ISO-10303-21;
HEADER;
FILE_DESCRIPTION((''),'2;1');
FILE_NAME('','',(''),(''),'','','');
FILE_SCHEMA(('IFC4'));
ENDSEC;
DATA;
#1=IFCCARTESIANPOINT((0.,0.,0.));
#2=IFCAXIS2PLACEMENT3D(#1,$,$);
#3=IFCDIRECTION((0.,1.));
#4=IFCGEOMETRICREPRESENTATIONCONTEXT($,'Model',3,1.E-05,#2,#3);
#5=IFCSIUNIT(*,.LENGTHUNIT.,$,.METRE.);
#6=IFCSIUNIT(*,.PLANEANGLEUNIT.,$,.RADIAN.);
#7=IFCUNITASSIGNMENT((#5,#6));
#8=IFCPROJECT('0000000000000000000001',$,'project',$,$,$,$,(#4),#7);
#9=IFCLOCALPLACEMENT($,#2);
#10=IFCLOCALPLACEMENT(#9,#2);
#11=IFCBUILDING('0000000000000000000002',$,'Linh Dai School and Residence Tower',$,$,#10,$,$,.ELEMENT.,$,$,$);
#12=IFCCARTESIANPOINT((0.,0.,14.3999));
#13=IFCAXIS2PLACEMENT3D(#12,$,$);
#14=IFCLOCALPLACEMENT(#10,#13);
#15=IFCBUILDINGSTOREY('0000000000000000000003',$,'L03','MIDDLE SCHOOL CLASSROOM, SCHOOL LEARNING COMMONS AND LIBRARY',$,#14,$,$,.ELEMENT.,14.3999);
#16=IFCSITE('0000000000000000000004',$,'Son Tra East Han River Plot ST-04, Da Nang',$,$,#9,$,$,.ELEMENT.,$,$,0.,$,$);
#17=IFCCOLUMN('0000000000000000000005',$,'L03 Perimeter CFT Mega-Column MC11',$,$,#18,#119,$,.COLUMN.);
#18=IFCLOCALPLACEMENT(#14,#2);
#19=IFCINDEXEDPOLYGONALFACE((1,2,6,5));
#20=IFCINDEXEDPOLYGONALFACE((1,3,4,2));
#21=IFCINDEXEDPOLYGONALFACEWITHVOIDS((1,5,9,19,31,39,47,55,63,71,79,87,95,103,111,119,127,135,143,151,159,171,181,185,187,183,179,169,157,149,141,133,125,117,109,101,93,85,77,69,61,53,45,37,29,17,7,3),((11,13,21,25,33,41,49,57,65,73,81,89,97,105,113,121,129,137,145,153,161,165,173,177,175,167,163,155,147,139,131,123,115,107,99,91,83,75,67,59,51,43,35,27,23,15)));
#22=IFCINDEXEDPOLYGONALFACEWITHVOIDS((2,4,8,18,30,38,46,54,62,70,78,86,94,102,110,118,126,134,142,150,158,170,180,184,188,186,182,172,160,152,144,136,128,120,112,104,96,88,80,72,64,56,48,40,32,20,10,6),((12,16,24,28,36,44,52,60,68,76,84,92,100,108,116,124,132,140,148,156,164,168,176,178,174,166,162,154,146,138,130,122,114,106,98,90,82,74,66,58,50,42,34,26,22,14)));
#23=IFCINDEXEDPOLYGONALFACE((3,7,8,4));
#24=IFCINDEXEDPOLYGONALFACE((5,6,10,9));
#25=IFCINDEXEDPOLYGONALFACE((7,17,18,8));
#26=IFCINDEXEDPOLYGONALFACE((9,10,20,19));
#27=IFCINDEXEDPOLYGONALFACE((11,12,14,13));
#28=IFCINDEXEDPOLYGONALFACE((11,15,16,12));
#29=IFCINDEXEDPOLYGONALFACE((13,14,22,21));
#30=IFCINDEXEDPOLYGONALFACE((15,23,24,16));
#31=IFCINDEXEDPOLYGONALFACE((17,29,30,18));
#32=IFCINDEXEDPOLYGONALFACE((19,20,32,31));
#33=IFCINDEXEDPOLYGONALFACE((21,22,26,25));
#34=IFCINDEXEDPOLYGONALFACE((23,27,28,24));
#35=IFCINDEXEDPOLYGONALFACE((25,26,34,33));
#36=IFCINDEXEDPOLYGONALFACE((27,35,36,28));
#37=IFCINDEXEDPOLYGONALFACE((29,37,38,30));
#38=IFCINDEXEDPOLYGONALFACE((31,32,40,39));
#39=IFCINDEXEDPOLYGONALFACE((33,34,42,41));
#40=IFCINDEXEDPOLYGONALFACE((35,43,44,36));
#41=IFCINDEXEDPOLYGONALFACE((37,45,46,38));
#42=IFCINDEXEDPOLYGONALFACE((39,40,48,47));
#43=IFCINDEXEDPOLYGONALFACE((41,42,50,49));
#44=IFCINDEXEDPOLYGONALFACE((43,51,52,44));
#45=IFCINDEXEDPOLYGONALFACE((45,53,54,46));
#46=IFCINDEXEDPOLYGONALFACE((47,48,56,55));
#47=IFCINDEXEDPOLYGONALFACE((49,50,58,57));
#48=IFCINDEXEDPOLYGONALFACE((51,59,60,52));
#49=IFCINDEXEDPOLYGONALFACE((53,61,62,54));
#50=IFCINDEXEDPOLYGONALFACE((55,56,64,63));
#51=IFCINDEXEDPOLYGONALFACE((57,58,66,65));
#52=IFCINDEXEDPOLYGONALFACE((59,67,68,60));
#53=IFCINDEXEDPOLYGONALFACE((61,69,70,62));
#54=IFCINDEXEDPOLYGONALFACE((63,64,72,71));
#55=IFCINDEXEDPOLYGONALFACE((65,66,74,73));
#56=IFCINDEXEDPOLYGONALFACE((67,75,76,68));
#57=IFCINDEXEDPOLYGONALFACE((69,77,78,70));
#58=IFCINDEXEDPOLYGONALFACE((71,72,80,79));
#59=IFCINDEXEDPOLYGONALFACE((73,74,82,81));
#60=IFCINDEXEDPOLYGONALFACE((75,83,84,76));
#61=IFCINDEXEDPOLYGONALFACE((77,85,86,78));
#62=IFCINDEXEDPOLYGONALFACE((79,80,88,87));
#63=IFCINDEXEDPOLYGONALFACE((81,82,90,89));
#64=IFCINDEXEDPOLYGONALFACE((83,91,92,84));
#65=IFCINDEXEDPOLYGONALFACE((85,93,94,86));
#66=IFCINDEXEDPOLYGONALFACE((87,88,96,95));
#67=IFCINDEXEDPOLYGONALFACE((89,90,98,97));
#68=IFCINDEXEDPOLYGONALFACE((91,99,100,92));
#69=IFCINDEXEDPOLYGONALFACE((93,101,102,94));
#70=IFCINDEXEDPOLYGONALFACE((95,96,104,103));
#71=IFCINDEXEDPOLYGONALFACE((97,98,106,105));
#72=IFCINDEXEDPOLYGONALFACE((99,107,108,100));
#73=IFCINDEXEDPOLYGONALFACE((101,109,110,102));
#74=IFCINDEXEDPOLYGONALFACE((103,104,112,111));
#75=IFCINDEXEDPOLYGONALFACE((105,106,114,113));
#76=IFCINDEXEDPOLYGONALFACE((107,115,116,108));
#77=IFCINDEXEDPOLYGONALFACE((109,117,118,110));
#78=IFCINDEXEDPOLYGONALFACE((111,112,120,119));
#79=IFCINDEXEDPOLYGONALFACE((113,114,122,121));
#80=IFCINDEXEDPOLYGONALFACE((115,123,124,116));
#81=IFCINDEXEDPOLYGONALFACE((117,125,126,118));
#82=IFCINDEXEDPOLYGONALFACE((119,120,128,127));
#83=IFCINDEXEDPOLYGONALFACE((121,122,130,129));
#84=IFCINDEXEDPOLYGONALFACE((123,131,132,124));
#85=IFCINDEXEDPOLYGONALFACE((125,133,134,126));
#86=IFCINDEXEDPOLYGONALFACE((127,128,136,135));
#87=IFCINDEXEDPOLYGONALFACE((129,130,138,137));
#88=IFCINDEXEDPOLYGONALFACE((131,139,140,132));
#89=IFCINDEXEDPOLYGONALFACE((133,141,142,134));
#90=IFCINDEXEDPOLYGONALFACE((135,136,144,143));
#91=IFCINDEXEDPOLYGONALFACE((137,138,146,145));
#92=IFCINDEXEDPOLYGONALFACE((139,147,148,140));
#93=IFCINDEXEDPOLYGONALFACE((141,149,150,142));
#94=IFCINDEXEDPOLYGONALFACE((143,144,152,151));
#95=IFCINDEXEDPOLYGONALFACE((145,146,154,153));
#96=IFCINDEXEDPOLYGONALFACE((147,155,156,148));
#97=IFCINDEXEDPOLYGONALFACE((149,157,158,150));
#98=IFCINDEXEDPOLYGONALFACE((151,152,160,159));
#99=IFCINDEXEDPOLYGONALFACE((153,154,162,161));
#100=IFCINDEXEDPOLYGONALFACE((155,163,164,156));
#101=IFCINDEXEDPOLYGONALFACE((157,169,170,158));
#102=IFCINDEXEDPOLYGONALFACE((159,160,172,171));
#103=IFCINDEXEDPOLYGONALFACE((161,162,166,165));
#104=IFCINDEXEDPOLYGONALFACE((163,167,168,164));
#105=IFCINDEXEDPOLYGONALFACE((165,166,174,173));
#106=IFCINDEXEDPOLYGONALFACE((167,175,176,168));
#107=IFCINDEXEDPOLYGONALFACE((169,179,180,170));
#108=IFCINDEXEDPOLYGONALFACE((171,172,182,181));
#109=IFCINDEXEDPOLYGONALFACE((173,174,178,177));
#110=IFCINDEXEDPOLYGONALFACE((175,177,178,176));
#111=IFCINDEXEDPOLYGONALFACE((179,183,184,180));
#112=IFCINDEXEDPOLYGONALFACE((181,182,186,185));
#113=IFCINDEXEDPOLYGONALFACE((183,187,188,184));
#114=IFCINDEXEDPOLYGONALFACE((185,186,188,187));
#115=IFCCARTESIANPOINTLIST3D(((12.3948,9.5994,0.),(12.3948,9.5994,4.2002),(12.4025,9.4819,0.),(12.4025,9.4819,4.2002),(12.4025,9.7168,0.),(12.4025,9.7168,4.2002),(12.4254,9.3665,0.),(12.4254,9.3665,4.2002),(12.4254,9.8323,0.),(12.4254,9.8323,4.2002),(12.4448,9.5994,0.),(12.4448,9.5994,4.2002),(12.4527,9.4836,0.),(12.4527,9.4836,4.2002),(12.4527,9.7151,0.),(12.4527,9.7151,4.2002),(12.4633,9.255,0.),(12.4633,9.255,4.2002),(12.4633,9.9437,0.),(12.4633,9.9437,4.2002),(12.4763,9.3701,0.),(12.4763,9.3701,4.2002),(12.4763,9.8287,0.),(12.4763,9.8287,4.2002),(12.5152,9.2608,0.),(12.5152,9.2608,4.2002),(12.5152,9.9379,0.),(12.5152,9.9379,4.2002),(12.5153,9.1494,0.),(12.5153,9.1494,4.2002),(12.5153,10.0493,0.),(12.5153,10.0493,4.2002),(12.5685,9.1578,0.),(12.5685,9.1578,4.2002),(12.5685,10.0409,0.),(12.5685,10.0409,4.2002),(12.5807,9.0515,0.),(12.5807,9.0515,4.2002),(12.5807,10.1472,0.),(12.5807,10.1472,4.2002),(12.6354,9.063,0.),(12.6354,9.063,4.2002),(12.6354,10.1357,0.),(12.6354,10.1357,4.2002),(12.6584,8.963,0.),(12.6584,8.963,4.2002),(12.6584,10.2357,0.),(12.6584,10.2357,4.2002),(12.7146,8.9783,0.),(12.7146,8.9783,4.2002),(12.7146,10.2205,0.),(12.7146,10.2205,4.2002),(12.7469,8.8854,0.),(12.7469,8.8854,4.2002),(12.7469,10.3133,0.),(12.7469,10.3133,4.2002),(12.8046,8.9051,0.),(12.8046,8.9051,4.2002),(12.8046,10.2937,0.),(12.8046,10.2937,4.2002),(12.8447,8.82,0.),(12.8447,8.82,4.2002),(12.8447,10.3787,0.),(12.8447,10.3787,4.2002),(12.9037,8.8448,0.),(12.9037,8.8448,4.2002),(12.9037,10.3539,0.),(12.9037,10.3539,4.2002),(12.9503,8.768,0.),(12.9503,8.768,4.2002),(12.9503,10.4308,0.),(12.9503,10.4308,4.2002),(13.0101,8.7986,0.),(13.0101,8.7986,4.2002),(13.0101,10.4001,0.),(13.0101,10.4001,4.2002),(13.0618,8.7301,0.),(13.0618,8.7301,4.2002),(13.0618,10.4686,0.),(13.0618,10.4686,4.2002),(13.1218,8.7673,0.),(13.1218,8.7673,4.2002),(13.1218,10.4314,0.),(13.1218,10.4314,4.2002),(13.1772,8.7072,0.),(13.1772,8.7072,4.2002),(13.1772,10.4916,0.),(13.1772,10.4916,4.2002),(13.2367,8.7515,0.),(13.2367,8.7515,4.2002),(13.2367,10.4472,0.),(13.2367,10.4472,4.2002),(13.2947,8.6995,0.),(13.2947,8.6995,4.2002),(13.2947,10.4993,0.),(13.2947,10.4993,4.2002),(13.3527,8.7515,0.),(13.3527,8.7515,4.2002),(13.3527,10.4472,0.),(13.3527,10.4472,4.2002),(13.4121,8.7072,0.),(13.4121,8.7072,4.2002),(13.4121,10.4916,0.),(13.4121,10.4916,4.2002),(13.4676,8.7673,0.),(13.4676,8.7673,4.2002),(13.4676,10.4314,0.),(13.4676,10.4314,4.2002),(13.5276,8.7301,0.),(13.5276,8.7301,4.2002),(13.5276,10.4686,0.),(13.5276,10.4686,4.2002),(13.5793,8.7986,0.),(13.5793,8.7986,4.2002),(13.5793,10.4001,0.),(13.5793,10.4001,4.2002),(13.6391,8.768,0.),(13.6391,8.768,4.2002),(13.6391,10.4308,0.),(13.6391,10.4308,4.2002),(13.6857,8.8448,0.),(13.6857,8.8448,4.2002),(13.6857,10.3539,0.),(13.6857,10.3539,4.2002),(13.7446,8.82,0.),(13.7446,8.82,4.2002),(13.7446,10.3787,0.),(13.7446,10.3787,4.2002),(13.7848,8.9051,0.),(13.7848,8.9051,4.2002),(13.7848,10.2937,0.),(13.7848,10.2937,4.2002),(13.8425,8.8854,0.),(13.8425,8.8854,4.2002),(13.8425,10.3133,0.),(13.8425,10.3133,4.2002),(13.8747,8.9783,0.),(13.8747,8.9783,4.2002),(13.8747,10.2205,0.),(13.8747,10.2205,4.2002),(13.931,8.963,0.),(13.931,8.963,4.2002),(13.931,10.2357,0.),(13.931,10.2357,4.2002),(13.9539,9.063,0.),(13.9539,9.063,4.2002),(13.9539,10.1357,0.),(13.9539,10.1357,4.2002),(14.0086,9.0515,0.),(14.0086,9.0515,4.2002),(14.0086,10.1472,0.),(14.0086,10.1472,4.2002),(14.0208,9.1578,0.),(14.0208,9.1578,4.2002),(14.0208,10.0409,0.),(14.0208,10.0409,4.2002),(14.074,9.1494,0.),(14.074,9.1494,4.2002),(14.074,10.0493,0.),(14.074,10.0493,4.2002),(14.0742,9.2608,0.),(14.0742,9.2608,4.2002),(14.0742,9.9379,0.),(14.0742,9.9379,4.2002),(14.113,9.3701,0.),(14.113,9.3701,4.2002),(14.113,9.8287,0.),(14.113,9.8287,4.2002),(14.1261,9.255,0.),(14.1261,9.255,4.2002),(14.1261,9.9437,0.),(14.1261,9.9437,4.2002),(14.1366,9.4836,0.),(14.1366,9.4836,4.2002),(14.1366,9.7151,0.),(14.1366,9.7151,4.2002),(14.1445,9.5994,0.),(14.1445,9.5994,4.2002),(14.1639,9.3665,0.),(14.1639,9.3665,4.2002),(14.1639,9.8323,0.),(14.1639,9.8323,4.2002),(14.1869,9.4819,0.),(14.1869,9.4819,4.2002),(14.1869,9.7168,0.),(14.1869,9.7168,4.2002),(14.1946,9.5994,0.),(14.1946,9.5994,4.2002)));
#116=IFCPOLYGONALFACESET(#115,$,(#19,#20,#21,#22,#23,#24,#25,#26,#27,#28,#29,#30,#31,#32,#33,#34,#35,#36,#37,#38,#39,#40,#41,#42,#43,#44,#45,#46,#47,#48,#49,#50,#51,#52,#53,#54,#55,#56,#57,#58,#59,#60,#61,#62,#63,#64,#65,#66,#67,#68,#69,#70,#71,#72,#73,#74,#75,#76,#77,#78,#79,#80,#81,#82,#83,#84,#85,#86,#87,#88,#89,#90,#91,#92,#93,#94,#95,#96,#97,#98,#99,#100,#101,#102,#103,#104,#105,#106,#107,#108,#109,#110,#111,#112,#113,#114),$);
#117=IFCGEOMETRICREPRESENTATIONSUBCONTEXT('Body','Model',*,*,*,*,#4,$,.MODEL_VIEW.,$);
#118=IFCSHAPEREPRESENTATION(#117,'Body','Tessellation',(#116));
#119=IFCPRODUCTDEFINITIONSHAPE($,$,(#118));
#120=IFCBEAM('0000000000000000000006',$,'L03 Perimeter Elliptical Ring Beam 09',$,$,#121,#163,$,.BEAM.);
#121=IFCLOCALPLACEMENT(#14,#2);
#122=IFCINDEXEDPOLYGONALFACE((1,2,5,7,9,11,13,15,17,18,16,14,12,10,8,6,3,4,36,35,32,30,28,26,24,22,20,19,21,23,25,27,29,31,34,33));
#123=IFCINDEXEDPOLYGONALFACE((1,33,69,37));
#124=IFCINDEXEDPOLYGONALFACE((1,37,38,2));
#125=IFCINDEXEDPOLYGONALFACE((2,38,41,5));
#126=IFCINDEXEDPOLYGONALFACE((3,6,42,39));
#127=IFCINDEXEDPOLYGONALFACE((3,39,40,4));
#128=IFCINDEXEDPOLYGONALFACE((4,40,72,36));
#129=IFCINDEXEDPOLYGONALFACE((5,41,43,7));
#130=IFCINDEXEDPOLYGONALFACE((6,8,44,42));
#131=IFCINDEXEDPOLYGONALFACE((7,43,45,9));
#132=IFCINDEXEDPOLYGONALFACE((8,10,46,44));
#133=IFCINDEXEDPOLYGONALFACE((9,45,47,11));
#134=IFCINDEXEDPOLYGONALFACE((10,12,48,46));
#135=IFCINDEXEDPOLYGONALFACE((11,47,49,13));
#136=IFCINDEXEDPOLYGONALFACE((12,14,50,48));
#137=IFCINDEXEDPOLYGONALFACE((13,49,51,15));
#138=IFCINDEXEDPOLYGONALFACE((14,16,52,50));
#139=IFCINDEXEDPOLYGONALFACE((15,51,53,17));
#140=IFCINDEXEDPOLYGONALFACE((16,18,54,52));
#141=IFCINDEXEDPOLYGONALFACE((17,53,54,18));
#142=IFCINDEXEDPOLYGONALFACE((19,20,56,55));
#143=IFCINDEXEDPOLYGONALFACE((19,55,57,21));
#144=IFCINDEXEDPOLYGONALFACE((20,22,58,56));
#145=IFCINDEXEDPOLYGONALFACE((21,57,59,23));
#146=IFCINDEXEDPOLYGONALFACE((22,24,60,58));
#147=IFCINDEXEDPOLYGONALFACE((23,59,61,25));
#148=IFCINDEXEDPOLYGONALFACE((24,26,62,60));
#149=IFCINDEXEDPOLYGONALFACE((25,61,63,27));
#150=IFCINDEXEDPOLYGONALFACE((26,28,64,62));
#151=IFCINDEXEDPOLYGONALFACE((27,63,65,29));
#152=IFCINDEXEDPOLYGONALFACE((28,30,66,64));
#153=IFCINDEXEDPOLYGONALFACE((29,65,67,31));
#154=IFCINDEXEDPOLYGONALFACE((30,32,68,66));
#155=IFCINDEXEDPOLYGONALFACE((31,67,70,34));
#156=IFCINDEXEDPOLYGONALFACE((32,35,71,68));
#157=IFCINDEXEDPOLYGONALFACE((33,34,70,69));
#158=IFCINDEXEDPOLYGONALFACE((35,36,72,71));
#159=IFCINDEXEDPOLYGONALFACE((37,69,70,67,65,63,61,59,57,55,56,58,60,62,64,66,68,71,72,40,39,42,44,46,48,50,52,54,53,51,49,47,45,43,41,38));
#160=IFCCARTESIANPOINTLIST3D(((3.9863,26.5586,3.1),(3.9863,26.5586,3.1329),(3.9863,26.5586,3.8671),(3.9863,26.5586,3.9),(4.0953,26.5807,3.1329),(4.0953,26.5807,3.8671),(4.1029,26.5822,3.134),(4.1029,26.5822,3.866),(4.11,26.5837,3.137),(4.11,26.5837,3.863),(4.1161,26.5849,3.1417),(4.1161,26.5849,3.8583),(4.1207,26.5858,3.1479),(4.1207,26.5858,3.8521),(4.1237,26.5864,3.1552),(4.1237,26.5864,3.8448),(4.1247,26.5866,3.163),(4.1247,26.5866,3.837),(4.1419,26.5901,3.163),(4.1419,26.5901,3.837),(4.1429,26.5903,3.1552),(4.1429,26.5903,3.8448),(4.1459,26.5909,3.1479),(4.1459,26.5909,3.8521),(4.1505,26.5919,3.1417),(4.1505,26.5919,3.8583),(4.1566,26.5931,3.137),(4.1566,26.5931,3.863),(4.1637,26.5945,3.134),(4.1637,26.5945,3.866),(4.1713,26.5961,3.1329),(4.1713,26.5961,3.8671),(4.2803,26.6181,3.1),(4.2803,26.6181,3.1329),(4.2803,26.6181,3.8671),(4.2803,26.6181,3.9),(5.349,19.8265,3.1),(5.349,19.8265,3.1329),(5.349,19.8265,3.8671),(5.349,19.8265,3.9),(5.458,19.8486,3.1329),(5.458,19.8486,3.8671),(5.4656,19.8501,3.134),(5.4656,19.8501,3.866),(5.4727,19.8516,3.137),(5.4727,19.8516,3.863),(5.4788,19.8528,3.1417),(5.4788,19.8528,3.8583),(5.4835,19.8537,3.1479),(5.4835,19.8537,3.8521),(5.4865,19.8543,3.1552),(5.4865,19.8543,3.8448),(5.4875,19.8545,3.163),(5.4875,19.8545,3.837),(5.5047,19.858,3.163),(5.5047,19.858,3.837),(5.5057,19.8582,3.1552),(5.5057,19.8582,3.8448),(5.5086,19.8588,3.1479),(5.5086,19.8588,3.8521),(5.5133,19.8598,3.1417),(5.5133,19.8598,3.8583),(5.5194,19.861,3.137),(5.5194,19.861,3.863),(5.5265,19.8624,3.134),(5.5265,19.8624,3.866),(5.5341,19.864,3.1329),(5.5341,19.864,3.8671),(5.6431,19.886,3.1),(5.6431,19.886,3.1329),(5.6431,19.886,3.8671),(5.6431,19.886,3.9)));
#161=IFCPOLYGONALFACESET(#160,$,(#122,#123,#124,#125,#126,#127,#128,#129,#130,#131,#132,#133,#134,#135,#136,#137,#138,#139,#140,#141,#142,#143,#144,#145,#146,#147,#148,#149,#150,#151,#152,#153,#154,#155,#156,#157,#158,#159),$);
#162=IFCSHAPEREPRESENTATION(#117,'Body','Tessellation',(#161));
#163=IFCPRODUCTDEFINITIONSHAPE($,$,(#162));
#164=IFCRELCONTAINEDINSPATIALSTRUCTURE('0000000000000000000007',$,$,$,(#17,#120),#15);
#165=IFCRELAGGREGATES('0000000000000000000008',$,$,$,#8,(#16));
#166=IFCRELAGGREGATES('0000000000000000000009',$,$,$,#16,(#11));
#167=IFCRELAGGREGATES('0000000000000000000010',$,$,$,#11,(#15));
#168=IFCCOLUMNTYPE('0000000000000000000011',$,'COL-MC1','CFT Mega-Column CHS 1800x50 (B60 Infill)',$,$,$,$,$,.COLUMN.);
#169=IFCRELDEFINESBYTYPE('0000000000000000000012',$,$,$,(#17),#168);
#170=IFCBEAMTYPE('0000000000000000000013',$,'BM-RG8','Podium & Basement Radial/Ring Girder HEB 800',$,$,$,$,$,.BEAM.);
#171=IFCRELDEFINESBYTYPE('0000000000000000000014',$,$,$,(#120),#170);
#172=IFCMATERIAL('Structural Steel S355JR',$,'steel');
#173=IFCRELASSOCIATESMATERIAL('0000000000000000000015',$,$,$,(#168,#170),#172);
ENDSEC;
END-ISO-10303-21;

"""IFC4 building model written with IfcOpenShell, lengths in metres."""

from ifc_helpers import new_model, si_unit, direction, frame, origin, origin_2d, place, context, subcontext, project, spatial, hollow_circle, i_section, extrude, material, material_profile, profile_set, type_object, element, save


model = new_model("IFC4")

# Units and contexts
model_context = context("Model", 3, precision=1e-05, world=origin(), true_north=direction((0.0, 1.0)))
body_context = subcontext(model_context, "Body", "Model", "MODEL_VIEW")
ifc_project = project(units=[si_unit("LENGTHUNIT", "METRE"), si_unit("PLANEANGLEUNIT", "RADIAN")], contexts=[model_context])

# Site, building, storey
site_placement = place(None, origin())
site = spatial("IfcSite", under=ifc_project, at=site_placement, Name="Son Tra East Han River Plot ST-04, Da Nang", CompositionType="ELEMENT", RefElevation=0.0)
building_placement = place(site_placement, origin())
building = spatial("IfcBuilding", under=site, at=building_placement, Name="Linh Dai School and Residence Tower", CompositionType="ELEMENT")
storey_placement = place(building_placement, frame((0.0, 0.0, 14.3999)))
storey = spatial("IfcBuildingStorey", under=building, at=storey_placement, Name="L03", Description="MIDDLE SCHOOL CLASSROOM, SCHOOL LEARNING COMMONS AND LIBRARY", CompositionType="ELEMENT", Elevation=14.3999)

# Column
ifc_material_1 = material(Name="Structural Steel S355JR", Category="steel")
ifc_material_profile_1 = material_profile(ifc_material_1, hollow_circle(Radius=0.8999, WallThickness=0.05, at=origin_2d()), Name="CHS 1800x50")
ifc_profile_set_1 = profile_set([ifc_material_profile_1], Name="Structural Steel S355JR")
column_type = type_object("IfcColumnType", Name="COL-MC1", Description="CFT Mega-Column CHS 1800x50 (B60 Infill)", PredefinedType="COLUMN", material=ifc_profile_set_1)
for number, where, z_axis, x_axis, name in (
    (1, (13.2947, 9.5994, 0.0), (0.0, 0.0, 1.0), (1.0, 0.0, 0.0), "L03 Perimeter CFT Mega-Column MC11"),
):
    element("IfcColumn", number, at=place(storey_placement, frame(where, z_axis=z_axis, x_axis=x_axis)), inside=storey, type_object=column_type, Name=name, PredefinedType="COLUMN", context=body_context, shape_type="SweptSolid", body=[
        extrude(hollow_circle(Radius=0.8999, WallThickness=0.05, at=origin_2d()), origin(), (0.0, 0.0, 1.0), 4.2002),
    ])

# Beam
ifc_material_profile_2 = material_profile(ifc_material_1, i_section(OverallWidth=0.3, OverallDepth=0.8, WebThickness=0.0176, FlangeThickness=0.033, FilletRadius=0.03, at=origin_2d()), Name="HEB 800")
ifc_profile_set_2 = profile_set([ifc_material_profile_2], Name="Structural Steel S355JR")
beam_type_1 = type_object("IfcBeamType", Name="BM-RG8", Description="Podium & Basement Radial/Ring Girder HEB 800", PredefinedType="BEAM", material=ifc_profile_set_2)
beam_1_placement = place(storey_placement, frame((4.1333, 26.5884, 3.5), z_axis=(0.198405, -0.98012, 0.0), x_axis=(0.98012, 0.198405, 0.0)))
element("IfcBeam", 2, at=beam_1_placement, inside=storey, type_object=beam_type_1, Name="L03 Perimeter Elliptical Ring Beam 09", PredefinedType="BEAM", context=body_context, shape_type="SweptSolid", body=[
    extrude(i_section(OverallWidth=0.3, OverallDepth=0.8, WebThickness=0.0176, FlangeThickness=0.033, FilletRadius=0.03, at=origin_2d()), origin(), (0.0, 0.0, 1.0), 6.8687),
])

save(model, "model.ifc")
